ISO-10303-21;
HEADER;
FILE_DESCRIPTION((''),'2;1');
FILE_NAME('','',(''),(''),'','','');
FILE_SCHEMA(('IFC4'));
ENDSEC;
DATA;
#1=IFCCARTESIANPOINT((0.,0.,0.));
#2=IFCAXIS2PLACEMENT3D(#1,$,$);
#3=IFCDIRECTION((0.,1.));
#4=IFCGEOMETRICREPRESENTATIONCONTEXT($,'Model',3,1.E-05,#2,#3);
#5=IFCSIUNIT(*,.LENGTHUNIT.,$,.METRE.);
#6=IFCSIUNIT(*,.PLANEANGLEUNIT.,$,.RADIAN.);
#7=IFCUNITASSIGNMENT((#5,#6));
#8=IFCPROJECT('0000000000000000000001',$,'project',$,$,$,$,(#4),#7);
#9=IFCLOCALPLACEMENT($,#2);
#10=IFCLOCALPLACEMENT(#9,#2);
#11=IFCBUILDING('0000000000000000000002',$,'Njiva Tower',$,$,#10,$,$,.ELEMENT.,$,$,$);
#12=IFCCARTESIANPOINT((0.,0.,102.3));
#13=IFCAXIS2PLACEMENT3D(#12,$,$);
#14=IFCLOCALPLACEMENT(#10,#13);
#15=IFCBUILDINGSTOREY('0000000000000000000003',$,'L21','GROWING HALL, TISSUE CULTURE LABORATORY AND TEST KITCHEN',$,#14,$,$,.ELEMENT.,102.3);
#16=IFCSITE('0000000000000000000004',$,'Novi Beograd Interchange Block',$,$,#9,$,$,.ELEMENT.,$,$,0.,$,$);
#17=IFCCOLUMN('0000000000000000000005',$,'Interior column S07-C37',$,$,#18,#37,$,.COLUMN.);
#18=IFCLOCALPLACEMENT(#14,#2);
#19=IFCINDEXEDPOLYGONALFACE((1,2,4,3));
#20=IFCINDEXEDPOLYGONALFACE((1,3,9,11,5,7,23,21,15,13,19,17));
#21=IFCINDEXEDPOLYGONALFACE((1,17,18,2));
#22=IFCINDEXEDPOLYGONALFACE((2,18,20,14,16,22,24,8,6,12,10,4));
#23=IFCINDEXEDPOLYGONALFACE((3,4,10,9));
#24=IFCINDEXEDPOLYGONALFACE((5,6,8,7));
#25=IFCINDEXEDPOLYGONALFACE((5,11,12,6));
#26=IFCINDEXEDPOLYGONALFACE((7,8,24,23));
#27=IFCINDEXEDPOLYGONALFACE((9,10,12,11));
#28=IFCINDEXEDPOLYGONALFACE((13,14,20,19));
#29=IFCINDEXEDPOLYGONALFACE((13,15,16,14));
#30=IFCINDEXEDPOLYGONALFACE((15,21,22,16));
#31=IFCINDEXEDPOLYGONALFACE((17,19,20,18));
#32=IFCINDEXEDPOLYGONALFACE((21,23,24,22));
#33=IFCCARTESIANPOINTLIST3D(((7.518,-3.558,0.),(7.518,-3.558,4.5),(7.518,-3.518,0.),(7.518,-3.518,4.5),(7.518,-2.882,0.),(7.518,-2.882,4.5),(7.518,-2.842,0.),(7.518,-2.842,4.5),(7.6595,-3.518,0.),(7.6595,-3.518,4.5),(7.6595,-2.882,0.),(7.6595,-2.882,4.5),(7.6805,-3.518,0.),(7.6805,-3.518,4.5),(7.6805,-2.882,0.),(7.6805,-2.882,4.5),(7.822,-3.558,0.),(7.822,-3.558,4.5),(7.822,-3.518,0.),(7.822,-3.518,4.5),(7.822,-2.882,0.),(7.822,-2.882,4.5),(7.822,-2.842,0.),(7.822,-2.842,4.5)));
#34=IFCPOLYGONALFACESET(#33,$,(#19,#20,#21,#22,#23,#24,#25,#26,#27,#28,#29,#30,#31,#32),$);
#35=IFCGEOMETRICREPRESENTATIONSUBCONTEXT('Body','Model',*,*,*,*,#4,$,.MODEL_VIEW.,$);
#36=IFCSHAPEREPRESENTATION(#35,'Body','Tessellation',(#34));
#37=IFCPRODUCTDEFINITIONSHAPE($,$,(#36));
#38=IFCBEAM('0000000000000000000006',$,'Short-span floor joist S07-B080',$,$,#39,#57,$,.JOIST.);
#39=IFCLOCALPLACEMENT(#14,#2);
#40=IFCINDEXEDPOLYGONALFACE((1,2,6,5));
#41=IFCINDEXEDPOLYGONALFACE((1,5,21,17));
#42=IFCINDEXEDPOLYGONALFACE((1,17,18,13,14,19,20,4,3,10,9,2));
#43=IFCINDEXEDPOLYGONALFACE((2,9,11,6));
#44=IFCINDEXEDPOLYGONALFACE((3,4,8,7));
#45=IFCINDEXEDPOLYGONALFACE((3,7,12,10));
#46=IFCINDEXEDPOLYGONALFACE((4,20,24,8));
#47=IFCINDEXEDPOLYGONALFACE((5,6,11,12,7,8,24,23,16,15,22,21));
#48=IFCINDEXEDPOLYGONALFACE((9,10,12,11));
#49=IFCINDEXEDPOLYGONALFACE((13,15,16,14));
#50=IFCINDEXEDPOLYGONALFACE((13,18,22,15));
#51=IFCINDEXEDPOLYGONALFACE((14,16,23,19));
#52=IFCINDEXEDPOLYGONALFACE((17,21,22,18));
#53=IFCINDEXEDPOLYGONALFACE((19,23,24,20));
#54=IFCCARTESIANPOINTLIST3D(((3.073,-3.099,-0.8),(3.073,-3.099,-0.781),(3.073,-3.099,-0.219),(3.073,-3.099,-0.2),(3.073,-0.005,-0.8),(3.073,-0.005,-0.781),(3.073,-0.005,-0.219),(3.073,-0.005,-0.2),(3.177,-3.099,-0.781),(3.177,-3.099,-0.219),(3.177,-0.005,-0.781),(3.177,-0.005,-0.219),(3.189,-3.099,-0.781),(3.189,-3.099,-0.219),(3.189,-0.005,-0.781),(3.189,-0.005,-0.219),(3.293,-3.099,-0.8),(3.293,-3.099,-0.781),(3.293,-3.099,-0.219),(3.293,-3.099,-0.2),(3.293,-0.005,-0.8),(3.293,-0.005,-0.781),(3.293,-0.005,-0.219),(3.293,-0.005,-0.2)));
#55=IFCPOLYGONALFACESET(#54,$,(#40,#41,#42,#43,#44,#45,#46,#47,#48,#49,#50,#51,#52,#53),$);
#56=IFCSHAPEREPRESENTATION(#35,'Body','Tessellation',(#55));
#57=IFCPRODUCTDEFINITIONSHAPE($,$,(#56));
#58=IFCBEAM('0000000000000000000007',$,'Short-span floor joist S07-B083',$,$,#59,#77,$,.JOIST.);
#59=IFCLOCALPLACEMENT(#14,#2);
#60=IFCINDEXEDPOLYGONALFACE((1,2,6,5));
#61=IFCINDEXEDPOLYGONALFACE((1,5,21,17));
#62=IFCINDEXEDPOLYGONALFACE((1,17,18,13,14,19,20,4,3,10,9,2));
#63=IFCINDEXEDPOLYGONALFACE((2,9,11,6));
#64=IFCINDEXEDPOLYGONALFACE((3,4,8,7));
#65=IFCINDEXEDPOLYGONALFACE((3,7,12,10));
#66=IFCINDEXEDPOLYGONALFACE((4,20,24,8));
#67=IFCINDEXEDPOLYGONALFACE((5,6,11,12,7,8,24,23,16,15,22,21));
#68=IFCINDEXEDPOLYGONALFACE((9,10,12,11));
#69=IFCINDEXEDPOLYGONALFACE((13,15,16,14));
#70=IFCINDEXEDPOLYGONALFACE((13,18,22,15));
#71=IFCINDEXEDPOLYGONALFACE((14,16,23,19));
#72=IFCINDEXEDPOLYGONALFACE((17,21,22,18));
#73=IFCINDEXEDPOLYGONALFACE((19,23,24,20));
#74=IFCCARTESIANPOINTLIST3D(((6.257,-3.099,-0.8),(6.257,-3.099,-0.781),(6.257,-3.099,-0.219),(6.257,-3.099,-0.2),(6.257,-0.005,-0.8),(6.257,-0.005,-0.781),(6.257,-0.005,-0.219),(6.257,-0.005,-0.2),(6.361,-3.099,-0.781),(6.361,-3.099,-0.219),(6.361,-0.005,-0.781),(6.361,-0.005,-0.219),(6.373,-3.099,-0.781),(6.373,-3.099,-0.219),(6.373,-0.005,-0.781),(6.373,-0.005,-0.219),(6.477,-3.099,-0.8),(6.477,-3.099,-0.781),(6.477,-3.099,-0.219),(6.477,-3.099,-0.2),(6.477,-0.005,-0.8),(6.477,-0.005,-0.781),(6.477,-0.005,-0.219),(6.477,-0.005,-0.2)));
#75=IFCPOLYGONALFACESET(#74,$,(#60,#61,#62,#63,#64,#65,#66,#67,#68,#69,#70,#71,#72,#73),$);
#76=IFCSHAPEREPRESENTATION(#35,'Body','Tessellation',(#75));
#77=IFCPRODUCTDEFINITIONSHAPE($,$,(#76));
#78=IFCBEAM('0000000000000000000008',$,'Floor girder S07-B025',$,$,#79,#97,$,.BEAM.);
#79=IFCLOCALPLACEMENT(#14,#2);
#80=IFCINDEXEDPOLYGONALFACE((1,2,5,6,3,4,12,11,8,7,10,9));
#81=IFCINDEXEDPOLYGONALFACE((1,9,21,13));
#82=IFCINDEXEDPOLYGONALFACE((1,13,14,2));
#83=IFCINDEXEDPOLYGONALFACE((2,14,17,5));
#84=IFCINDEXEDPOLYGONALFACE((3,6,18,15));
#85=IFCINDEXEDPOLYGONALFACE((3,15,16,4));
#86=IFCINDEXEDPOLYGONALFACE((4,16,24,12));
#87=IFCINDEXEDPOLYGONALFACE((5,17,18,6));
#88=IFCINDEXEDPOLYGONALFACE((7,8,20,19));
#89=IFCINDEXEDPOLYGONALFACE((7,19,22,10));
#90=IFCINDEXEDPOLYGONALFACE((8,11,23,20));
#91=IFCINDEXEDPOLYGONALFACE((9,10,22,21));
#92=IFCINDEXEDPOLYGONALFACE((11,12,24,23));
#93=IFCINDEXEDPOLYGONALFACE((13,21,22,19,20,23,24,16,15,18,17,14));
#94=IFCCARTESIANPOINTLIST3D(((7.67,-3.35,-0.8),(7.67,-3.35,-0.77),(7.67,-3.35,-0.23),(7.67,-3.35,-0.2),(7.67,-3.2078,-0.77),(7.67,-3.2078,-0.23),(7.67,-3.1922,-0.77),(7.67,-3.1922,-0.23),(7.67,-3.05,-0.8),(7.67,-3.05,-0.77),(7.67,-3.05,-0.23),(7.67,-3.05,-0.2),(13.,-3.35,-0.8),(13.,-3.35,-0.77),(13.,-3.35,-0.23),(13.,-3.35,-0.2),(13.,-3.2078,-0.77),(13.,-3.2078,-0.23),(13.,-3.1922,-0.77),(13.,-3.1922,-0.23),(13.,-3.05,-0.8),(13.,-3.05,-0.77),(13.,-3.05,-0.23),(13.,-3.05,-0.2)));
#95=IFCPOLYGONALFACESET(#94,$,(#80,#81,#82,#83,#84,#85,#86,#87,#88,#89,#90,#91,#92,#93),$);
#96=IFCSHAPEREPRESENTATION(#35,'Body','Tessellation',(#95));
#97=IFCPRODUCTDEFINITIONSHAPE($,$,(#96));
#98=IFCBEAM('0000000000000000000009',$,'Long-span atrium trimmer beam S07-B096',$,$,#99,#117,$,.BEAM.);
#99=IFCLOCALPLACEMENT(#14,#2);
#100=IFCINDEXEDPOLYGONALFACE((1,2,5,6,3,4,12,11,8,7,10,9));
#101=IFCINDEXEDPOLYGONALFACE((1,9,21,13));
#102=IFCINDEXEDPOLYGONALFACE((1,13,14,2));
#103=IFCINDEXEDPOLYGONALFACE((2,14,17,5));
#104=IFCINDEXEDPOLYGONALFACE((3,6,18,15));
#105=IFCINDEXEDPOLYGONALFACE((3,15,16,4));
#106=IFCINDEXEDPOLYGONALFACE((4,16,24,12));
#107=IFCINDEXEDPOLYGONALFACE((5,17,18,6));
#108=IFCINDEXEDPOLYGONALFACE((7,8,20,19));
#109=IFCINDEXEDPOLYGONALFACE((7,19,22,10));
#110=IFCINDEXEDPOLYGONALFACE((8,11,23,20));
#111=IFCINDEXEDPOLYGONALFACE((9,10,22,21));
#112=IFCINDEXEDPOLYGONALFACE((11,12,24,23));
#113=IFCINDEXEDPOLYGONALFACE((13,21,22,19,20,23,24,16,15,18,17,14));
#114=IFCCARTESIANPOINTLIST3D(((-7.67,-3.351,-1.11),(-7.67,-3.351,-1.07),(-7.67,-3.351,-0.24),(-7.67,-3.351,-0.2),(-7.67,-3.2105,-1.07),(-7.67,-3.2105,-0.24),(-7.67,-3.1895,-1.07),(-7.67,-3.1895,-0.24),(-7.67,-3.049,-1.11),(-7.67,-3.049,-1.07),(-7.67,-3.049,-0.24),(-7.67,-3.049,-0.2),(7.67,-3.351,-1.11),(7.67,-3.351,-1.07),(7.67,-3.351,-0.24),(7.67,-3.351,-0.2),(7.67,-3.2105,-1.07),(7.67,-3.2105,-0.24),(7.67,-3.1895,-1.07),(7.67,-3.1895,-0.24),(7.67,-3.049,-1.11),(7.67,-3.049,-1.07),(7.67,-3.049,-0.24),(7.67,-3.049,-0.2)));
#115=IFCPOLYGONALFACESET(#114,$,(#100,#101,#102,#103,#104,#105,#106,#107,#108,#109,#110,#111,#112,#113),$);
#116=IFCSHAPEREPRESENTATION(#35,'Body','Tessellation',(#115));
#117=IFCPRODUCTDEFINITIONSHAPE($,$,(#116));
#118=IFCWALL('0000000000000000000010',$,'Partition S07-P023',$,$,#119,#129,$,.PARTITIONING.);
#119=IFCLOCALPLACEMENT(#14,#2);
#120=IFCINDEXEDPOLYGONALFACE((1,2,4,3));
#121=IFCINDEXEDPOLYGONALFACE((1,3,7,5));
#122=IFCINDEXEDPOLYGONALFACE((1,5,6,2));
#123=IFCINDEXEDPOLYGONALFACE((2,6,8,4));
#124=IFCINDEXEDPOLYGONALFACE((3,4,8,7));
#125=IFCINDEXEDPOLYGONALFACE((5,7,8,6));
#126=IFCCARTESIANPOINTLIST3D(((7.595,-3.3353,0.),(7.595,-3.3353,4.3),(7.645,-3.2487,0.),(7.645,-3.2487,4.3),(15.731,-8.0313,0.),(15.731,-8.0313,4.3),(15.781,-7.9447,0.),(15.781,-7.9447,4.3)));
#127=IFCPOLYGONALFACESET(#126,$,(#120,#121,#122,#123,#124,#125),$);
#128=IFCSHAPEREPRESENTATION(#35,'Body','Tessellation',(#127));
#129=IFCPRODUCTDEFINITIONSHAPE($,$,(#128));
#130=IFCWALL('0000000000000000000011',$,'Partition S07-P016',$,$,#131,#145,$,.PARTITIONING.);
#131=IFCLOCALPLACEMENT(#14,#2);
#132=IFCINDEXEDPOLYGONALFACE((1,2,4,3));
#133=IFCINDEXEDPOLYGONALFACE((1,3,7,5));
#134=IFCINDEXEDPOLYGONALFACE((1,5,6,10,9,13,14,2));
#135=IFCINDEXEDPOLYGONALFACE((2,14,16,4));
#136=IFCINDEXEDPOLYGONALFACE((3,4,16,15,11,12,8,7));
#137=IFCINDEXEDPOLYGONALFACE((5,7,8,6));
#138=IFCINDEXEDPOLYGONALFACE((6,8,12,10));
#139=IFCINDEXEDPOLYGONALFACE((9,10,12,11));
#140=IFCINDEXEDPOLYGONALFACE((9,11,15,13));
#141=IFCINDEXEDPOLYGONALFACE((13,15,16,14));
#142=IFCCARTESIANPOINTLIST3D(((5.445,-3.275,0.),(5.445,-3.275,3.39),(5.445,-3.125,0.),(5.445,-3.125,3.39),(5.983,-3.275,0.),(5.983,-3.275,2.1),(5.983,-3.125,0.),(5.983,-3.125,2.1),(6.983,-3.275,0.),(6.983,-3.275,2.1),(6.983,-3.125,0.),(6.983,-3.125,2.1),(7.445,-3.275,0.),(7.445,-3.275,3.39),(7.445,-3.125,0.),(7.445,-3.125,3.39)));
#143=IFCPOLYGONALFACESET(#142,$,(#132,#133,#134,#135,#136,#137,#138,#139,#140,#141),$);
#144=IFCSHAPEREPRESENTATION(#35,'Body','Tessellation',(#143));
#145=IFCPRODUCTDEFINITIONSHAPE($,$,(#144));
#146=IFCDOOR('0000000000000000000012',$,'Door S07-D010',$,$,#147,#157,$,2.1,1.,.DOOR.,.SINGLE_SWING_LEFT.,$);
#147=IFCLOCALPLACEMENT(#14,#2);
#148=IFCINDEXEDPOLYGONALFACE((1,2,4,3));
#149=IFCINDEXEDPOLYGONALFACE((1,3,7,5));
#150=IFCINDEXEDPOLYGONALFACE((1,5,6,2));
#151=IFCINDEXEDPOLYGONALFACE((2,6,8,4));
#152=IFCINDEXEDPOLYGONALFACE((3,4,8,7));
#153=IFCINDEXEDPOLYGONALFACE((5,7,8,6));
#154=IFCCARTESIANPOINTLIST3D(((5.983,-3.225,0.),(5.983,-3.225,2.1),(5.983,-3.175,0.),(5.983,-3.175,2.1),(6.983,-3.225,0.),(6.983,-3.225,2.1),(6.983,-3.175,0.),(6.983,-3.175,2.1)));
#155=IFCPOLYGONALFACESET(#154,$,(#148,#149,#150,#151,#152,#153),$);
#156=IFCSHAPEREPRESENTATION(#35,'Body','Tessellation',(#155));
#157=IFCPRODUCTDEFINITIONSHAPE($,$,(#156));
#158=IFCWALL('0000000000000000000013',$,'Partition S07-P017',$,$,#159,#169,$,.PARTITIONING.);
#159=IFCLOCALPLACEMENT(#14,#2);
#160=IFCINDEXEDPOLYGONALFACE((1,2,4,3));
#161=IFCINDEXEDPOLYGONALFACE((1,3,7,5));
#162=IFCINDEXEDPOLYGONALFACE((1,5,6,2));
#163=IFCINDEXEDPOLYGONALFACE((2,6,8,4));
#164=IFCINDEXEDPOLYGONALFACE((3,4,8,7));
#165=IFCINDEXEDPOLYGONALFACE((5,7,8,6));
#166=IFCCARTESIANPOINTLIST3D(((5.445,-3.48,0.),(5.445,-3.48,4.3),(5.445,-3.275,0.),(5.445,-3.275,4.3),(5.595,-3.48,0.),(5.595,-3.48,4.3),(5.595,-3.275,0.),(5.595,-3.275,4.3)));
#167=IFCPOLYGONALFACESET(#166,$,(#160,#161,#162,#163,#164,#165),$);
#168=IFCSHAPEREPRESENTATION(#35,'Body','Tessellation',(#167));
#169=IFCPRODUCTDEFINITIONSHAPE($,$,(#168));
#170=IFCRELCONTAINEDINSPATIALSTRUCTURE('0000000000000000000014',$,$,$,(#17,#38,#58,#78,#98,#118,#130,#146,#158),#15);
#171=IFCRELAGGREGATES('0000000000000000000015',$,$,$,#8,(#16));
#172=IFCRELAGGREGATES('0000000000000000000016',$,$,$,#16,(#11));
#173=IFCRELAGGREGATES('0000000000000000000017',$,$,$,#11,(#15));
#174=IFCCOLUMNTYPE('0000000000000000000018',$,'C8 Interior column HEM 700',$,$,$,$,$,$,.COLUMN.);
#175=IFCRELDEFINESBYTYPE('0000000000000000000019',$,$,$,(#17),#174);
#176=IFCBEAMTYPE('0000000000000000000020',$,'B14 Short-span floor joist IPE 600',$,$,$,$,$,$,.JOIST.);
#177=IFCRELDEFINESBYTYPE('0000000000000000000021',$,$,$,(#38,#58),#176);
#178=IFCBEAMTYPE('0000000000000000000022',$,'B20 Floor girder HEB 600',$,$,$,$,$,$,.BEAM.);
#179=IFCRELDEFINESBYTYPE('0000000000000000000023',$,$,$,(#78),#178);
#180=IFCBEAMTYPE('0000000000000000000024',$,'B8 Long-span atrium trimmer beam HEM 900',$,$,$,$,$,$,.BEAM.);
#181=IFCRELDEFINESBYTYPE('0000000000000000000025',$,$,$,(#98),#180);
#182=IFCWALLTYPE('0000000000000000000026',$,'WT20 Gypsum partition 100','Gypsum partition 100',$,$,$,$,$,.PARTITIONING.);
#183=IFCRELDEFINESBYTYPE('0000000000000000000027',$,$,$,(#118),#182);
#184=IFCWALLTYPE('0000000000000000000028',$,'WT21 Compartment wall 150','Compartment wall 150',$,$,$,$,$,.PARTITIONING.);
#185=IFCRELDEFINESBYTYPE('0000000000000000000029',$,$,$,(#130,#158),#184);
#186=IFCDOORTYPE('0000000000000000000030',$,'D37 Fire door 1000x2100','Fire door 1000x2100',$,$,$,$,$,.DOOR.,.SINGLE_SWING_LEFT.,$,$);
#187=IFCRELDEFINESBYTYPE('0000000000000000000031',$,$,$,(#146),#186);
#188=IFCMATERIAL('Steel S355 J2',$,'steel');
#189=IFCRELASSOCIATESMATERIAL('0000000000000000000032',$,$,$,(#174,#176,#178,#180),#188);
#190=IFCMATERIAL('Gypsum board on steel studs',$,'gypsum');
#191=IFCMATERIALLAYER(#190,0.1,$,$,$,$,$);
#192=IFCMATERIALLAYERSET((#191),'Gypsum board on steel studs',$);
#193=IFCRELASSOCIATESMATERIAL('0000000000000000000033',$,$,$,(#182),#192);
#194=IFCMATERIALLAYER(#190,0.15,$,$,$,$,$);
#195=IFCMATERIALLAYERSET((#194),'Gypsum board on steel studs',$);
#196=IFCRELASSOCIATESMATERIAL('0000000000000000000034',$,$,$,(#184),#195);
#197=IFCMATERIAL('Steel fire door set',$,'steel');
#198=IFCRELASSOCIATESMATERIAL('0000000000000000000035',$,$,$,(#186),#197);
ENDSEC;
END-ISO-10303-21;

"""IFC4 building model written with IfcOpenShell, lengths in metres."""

from ifc_helpers import new_model, si_unit, direction, frame, frame_2d, origin, origin_2d, place, context, subcontext, project, spatial, rectangle, i_section, extrude, material, layer, layer_set, material_profile, profile_set, type_object, element, fill, save


model = new_model("IFC4")

# Units and contexts
model_context = context("Model", 3, precision=1e-05, world=origin(), true_north=direction((0.0, 1.0)))
body_context = subcontext(model_context, "Body", "Model", "MODEL_VIEW")
ifc_project = project(units=[si_unit("LENGTHUNIT", "METRE"), si_unit("PLANEANGLEUNIT", "RADIAN")], contexts=[model_context])

# Site, building, storey
site_placement = place(None, origin())
site = spatial("IfcSite", under=ifc_project, at=site_placement, Name="Novi Beograd Interchange Block", CompositionType="ELEMENT", RefElevation=0.0)
building_placement = place(site_placement, origin())
building = spatial("IfcBuilding", under=site, at=building_placement, Name="Njiva Tower", CompositionType="ELEMENT")
storey_placement = place(building_placement, frame((0.0, 0.0, 102.3)))
storey = spatial("IfcBuildingStorey", under=building, at=storey_placement, Name="L21", Description="GROWING HALL, TISSUE CULTURE LABORATORY AND TEST KITCHEN", CompositionType="ELEMENT", Elevation=102.3)

# Column
ifc_material_1 = material(Name="Steel S355 J2", Category="steel")
ifc_material_profile_1 = material_profile(ifc_material_1, i_section(OverallWidth=0.304, OverallDepth=0.716, WebThickness=0.021, FlangeThickness=0.04, at=origin_2d()), Name="HEM 700")
ifc_profile_set_1 = profile_set([ifc_material_profile_1], Name="Steel S355 J2")
column_type = type_object("IfcColumnType", Name="C8 Interior column HEM 700", PredefinedType="COLUMN", material=ifc_profile_set_1)
column_placement = place(storey_placement, frame((7.67, -3.2, 0.0), z_axis=(0.0, 0.0, 1.0), x_axis=(1.0, 0.0, 0.0)))
element("IfcColumn", 1, at=column_placement, inside=storey, type_object=column_type, Name="Interior column S07-C37", PredefinedType="COLUMN", context=body_context, shape_type="SweptSolid", body=[
    extrude(i_section(OverallWidth=0.304, OverallDepth=0.716, WebThickness=0.021, FlangeThickness=0.04, at=origin_2d()), origin(), (0.0, 0.0, 1.0), 4.5),
])

# Beams
ifc_material_profile_2 = material_profile(ifc_material_1, i_section(OverallWidth=0.22, OverallDepth=0.6, WebThickness=0.012, FlangeThickness=0.019, at=origin_2d()), Name="IPE 600")
ifc_profile_set_2 = profile_set([ifc_material_profile_2], Name="Steel S355 J2")
beam_type_1 = type_object("IfcBeamType", Name="B14 Short-span floor joist IPE 600", PredefinedType="JOIST", material=ifc_profile_set_2)
for number, where, z_axis, x_axis, name in (
    (2, (3.183, -0.005, -0.5), (0.0, -1.0, 0.0), (1.0, 0.0, 0.0), "Short-span floor joist S07-B080"),
    (3, (6.367, -0.005, -0.5), (0.0, -1.0, 0.0), (1.0, 0.0, 0.0), "Short-span floor joist S07-B083"),
):
    element("IfcBeam", number, at=place(storey_placement, frame(where, z_axis=z_axis, x_axis=x_axis)), inside=storey, type_object=beam_type_1, Name=name, PredefinedType="JOIST", context=body_context, shape_type="SweptSolid", body=[
        extrude(i_section(OverallWidth=0.22, OverallDepth=0.6, WebThickness=0.012, FlangeThickness=0.019, at=origin_2d()), origin(), (0.0, 0.0, 1.0), 3.094),
    ])
ifc_material_profile_3 = material_profile(ifc_material_1, i_section(OverallWidth=0.3, OverallDepth=0.6, WebThickness=0.0155, FlangeThickness=0.03, at=origin_2d()), Name="HEB 600")
ifc_profile_set_3 = profile_set([ifc_material_profile_3], Name="Steel S355 J2")
beam_type_2 = type_object("IfcBeamType", Name="B20 Floor girder HEB 600", PredefinedType="BEAM", material=ifc_profile_set_3)
beam_1_placement = place(storey_placement, frame((7.67, -3.2, -0.5), z_axis=(1.0, 0.0, 0.0), x_axis=(0.0, 1.0, 0.0)))
element("IfcBeam", 4, at=beam_1_placement, inside=storey, type_object=beam_type_2, Name="Floor girder S07-B025", PredefinedType="BEAM", context=body_context, shape_type="SweptSolid", body=[
    extrude(i_section(OverallWidth=0.3, OverallDepth=0.6, WebThickness=0.0155, FlangeThickness=0.03, at=origin_2d()), origin(), (0.0, 0.0, 1.0), 5.33),
])
ifc_material_profile_4 = material_profile(ifc_material_1, i_section(OverallWidth=0.302, OverallDepth=0.91, WebThickness=0.021, FlangeThickness=0.04, at=origin_2d()), Name="HEM 900")
ifc_profile_set_4 = profile_set([ifc_material_profile_4], Name="Steel S355 J2")
beam_type_3 = type_object("IfcBeamType", Name="B8 Long-span atrium trimmer beam HEM 900", PredefinedType="BEAM", material=ifc_profile_set_4)
beam_2_placement = place(storey_placement, frame((7.67, -3.2, -0.655), z_axis=(-1.0, 0.0, 0.0), x_axis=(0.0, -1.0, 0.0)))
element("IfcBeam", 5, at=beam_2_placement, inside=storey, type_object=beam_type_3, Name="Long-span atrium trimmer beam S07-B096", PredefinedType="BEAM", context=body_context, shape_type="SweptSolid", body=[
    extrude(i_section(OverallWidth=0.302, OverallDepth=0.91, WebThickness=0.021, FlangeThickness=0.04, at=origin_2d()), origin(), (0.0, 0.0, 1.0), 15.34),
])

# Wall
ifc_material_2 = material(Name="Gypsum board on steel studs", Category="gypsum")
ifc_layer_1 = layer(ifc_material_2, 0.1)
ifc_layer_set_1 = layer_set([ifc_layer_1], Name="Gypsum board on steel studs")
wall_type_1 = type_object("IfcWallType", Name="WT20 Gypsum partition 100", Description="Gypsum partition 100", PredefinedType="PARTITIONING", material=ifc_layer_set_1)
wall_1_placement = place(storey_placement, frame((7.62, -3.292, 0.0), z_axis=(0.0, 0.0, 1.0), x_axis=(0.866086, -0.499894, 0.0)))
element("IfcWall", 6, at=wall_1_placement, inside=storey, type_object=wall_type_1, Name="Partition S07-P023", PredefinedType="PARTITIONING", context=body_context, shape_type="SweptSolid", body=[
    extrude(rectangle(XDim=9.394, YDim=0.1, at=frame_2d((4.697, 0.0))), origin(), (0.0, 0.0, 1.0), 4.3),
])

# Wall, opening, door
ifc_layer_2 = layer(ifc_material_2, 0.15)
ifc_layer_set_2 = layer_set([ifc_layer_2], Name="Gypsum board on steel studs")
wall_type_2 = type_object("IfcWallType", Name="WT21 Compartment wall 150", Description="Compartment wall 150", PredefinedType="PARTITIONING", material=ifc_layer_set_2)
wall_2_placement = place(storey_placement, frame((5.445, -3.2, 0.0), z_axis=(0.0, 0.0, 1.0), x_axis=(1.0, 0.0, 0.0)))
wall_2 = element("IfcWall", 7, at=wall_2_placement, inside=storey, type_object=wall_type_2, Name="Partition S07-P016", PredefinedType="PARTITIONING", context=body_context, shape_type="SweptSolid", body=[
    extrude(rectangle(XDim=2.0, YDim=0.15, at=frame_2d((1.0, 0.0))), origin(), (0.0, 0.0, 1.0), 3.39),
])
opening_1_placement = place(wall_2_placement, frame((0.538, 0.0, 0.0)))
opening_1 = element("IfcOpeningElement", 8, at=opening_1_placement, cuts=wall_2, PredefinedType="OPENING", context=body_context, shape_type="SweptSolid", body=[
    extrude(rectangle(XDim=1.0, YDim=2.1, at=frame_2d((0.5, 1.05))), frame((0.0, 0.085, 0.0), z_axis=(0.0, -1.0, 0.0), x_axis=(1.0, 0.0, 0.0)), (0.0, 0.0, 1.0), 0.17),
])
ifc_material_3 = material(Name="Steel fire door set", Category="steel")
door_type = type_object("IfcDoorType", Name="D37 Fire door 1000x2100", Description="Fire door 1000x2100", OperationType="SINGLE_SWING_LEFT", PredefinedType="DOOR", material=ifc_material_3)
door_1_placement = place(opening_1_placement, origin())
door_1 = element("IfcDoor", 9, at=door_1_placement, inside=storey, type_object=door_type, Name="Door S07-D010", OperationType="SINGLE_SWING_LEFT", OverallHeight=2.1, OverallWidth=1.0, PredefinedType="DOOR", context=body_context, shape_type="SweptSolid", body=[
    extrude(rectangle(XDim=1.0, YDim=2.1, at=frame_2d((0.5, 1.05))), frame((0.0, 0.025, 0.0), z_axis=(0.0, -1.0, 0.0), x_axis=(1.0, 0.0, 0.0)), (0.0, 0.0, 1.0), 0.05),
])
fill(opening_1, door_1)

# Wall
wall_3_placement = place(storey_placement, frame((5.52, -3.48, 0.0), z_axis=(0.0, 0.0, 1.0), x_axis=(0.0, 1.0, 0.0)))
element("IfcWall", 10, at=wall_3_placement, inside=storey, type_object=wall_type_2, Name="Partition S07-P017", PredefinedType="PARTITIONING", context=body_context, shape_type="SweptSolid", body=[
    extrude(rectangle(XDim=0.205, YDim=0.15, at=frame_2d((0.1025, 0.0))), origin(), (0.0, 0.0, 1.0), 4.3),
])

save(model, "model.ifc")
